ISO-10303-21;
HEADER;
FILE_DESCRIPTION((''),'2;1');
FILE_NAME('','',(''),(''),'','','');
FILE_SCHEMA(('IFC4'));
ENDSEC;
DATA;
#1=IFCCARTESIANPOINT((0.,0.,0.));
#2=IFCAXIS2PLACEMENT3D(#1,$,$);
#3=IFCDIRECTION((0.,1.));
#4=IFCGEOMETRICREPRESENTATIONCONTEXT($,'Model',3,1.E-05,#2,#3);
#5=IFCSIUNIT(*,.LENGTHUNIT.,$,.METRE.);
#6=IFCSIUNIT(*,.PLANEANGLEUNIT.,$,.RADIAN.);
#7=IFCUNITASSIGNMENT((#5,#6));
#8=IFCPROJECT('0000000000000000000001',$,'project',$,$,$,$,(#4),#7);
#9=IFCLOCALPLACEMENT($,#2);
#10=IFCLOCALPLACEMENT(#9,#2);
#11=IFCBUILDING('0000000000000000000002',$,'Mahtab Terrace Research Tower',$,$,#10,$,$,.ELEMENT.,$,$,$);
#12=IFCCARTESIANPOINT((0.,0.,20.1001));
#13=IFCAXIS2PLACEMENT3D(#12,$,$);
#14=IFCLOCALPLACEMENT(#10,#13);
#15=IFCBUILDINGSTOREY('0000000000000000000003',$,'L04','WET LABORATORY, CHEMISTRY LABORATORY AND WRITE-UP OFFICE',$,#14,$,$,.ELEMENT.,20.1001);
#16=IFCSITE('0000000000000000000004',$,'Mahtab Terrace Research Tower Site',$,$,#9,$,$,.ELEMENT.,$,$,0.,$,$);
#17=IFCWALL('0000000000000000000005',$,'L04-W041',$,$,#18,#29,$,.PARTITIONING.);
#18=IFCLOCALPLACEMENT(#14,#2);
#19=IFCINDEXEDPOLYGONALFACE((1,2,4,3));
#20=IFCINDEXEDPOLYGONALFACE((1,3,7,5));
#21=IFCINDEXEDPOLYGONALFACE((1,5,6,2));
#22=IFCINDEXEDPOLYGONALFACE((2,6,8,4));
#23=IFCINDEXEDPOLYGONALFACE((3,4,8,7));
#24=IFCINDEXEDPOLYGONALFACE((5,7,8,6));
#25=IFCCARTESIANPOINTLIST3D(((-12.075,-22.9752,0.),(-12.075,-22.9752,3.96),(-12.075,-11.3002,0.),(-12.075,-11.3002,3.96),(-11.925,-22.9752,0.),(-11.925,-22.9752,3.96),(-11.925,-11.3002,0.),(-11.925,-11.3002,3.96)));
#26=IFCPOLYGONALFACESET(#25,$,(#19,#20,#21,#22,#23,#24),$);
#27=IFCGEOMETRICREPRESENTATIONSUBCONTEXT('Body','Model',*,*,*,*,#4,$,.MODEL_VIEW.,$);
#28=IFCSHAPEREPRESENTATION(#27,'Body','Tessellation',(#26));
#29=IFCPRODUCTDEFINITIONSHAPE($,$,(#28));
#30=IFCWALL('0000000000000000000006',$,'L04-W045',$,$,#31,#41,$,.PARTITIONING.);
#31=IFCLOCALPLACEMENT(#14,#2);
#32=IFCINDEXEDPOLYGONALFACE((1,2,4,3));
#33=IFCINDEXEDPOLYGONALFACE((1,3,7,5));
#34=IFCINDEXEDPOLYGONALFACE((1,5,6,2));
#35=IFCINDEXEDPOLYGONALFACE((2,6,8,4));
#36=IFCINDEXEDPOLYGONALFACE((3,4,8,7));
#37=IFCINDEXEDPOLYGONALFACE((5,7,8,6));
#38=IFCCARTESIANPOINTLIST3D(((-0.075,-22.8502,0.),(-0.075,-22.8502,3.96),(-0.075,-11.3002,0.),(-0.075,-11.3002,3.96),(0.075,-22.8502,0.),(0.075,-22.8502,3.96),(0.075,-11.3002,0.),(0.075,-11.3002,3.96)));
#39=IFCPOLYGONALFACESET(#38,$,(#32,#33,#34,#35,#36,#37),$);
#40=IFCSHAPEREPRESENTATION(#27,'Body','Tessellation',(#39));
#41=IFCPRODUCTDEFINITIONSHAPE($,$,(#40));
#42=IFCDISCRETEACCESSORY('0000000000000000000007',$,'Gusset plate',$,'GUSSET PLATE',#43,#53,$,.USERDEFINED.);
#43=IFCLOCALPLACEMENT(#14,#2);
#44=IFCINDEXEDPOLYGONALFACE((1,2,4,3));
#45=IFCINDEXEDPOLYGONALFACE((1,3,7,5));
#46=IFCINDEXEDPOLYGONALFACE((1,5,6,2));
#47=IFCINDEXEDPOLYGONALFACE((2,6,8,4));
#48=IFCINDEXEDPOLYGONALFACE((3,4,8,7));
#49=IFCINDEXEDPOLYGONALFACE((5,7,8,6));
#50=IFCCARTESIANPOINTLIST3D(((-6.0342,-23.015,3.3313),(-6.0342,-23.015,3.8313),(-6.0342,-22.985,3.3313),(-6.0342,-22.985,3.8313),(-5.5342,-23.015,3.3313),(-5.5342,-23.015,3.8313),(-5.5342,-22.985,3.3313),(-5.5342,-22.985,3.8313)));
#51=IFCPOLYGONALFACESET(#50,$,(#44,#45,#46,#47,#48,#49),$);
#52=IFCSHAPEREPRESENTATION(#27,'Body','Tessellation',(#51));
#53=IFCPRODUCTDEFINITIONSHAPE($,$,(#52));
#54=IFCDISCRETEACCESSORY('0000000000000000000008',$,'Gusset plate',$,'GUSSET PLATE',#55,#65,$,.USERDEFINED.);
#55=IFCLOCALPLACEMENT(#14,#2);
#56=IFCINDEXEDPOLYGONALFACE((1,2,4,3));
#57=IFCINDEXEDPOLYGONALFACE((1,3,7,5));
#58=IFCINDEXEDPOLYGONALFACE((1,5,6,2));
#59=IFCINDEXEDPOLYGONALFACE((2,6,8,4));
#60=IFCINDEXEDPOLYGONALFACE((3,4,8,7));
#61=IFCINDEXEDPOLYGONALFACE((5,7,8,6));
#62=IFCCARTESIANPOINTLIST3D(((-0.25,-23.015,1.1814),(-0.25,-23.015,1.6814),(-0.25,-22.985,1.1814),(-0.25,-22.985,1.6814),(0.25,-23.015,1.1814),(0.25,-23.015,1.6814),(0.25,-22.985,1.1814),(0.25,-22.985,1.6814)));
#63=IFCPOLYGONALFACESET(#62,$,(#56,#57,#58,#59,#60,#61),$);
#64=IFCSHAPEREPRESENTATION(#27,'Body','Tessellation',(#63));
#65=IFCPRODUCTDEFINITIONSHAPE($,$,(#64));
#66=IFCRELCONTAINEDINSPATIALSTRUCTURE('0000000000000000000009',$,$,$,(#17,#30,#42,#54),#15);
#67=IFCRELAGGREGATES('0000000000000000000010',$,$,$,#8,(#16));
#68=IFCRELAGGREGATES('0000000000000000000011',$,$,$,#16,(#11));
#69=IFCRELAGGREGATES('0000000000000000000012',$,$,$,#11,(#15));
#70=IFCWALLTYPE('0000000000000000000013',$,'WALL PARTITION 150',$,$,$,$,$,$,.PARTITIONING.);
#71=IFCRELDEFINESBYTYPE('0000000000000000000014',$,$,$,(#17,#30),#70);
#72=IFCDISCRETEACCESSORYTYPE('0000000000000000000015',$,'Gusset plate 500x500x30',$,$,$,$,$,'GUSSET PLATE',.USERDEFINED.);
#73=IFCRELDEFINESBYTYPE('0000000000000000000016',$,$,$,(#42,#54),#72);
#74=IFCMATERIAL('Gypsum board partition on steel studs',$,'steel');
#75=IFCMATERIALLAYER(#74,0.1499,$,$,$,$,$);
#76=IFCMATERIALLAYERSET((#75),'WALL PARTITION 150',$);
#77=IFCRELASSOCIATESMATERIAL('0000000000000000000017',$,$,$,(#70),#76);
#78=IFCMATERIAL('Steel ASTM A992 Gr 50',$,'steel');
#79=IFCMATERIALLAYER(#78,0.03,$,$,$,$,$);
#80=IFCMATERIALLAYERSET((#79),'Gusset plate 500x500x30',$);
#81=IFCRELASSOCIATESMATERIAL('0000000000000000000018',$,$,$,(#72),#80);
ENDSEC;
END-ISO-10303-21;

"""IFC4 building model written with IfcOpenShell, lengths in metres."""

from ifc_helpers import new_model, si_unit, direction, frame, frame_2d, origin, origin_2d, place, context, subcontext, project, spatial, rectangle, extrude, material, layer, layer_set, type_object, element, save


model = new_model("IFC4")

# Units and contexts
model_context = context("Model", 3, precision=1e-05, world=origin(), true_north=direction((0.0, 1.0)))
body_context = subcontext(model_context, "Body", "Model", "MODEL_VIEW")
ifc_project = project(units=[si_unit("LENGTHUNIT", "METRE"), si_unit("PLANEANGLEUNIT", "RADIAN")], contexts=[model_context])

# Site, building, storey
site_placement = place(None, origin())
site = spatial("IfcSite", under=ifc_project, at=site_placement, Name="Mahtab Terrace Research Tower Site", CompositionType="ELEMENT", RefElevation=0.0)
building_placement = place(site_placement, origin())
building = spatial("IfcBuilding", under=site, at=building_placement, Name="Mahtab Terrace Research Tower", CompositionType="ELEMENT")
storey_placement = place(building_placement, frame((0.0, 0.0, 20.1001)))
storey = spatial("IfcBuildingStorey", under=building, at=storey_placement, Name="L04", Description="WET LABORATORY, CHEMISTRY LABORATORY AND WRITE-UP OFFICE", CompositionType="ELEMENT", Elevation=20.1001)

# Shared definitions
ifc_material_1 = material(Name="Steel ASTM A992 Gr 50", Category="steel")

# Walls
ifc_material_2 = material(Name="Gypsum board partition on steel studs", Category="steel")
ifc_layer_1 = layer(ifc_material_2, 0.1499)
ifc_layer_set_1 = layer_set([ifc_layer_1], Name="WALL PARTITION 150")
wall_type_1 = type_object("IfcWallType", Name="WALL PARTITION 150", PredefinedType="PARTITIONING", material=ifc_layer_set_1)
wall_1_placement = place(storey_placement, frame((-12.0, -22.9751, 0.0), z_axis=(0.0, 0.0, 1.0), x_axis=(0.0, 1.0, 0.0)))
element("IfcWall", 1, at=wall_1_placement, inside=storey, type_object=wall_type_1, Name="L04-W041", PredefinedType="PARTITIONING", context=body_context, shape_type="SweptSolid", body=[
    extrude(rectangle(XDim=11.675, YDim=0.1499, at=frame_2d((5.8374, 0.0))), origin(), (0.0, 0.0, 1.0), 3.96),
])
wall_2_placement = place(storey_placement, frame((0.0, -22.8501, 0.0), z_axis=(0.0, 0.0, 1.0), x_axis=(0.0, 1.0, 0.0)))
element("IfcWall", 2, at=wall_2_placement, inside=storey, type_object=wall_type_1, Name="L04-W045", PredefinedType="PARTITIONING", context=body_context, shape_type="SweptSolid", body=[
    extrude(rectangle(XDim=11.55, YDim=0.1499, at=frame_2d((5.7749, 0.0))), origin(), (0.0, 0.0, 1.0), 3.96),
])

# Discrete accessories
ifc_layer_2 = layer(ifc_material_1, 0.03)
ifc_layer_set_2 = layer_set([ifc_layer_2], Name="Gusset plate 500x500x30")
discrete_accessory_type = type_object("IfcDiscreteAccessoryType", Name="Gusset plate 500x500x30", ElementType="GUSSET PLATE", PredefinedType="USERDEFINED", material=ifc_layer_set_2)
for number, where, z_axis, x_axis, name in (
    (3, (-5.7842, -23.0, 3.3313), (0.0, 0.0, 1.0), (1.0, 0.0, 0.0), "Gusset plate"),
    (4, (0.0, -23.0, 1.1814), (0.0, 0.0, 1.0), (1.0, 0.0, 0.0), "Gusset plate"),
):
    element("IfcDiscreteAccessory", number, at=place(storey_placement, frame(where, z_axis=z_axis, x_axis=x_axis)), inside=storey, type_object=discrete_accessory_type, Name=name, ObjectType="GUSSET PLATE", PredefinedType="USERDEFINED", context=body_context, shape_type="SweptSolid", body=[
        extrude(rectangle(XDim=0.5, YDim=0.03, at=origin_2d()), origin(), (0.0, 0.0, 1.0), 0.5),
    ])

save(model, "model.ifc")
